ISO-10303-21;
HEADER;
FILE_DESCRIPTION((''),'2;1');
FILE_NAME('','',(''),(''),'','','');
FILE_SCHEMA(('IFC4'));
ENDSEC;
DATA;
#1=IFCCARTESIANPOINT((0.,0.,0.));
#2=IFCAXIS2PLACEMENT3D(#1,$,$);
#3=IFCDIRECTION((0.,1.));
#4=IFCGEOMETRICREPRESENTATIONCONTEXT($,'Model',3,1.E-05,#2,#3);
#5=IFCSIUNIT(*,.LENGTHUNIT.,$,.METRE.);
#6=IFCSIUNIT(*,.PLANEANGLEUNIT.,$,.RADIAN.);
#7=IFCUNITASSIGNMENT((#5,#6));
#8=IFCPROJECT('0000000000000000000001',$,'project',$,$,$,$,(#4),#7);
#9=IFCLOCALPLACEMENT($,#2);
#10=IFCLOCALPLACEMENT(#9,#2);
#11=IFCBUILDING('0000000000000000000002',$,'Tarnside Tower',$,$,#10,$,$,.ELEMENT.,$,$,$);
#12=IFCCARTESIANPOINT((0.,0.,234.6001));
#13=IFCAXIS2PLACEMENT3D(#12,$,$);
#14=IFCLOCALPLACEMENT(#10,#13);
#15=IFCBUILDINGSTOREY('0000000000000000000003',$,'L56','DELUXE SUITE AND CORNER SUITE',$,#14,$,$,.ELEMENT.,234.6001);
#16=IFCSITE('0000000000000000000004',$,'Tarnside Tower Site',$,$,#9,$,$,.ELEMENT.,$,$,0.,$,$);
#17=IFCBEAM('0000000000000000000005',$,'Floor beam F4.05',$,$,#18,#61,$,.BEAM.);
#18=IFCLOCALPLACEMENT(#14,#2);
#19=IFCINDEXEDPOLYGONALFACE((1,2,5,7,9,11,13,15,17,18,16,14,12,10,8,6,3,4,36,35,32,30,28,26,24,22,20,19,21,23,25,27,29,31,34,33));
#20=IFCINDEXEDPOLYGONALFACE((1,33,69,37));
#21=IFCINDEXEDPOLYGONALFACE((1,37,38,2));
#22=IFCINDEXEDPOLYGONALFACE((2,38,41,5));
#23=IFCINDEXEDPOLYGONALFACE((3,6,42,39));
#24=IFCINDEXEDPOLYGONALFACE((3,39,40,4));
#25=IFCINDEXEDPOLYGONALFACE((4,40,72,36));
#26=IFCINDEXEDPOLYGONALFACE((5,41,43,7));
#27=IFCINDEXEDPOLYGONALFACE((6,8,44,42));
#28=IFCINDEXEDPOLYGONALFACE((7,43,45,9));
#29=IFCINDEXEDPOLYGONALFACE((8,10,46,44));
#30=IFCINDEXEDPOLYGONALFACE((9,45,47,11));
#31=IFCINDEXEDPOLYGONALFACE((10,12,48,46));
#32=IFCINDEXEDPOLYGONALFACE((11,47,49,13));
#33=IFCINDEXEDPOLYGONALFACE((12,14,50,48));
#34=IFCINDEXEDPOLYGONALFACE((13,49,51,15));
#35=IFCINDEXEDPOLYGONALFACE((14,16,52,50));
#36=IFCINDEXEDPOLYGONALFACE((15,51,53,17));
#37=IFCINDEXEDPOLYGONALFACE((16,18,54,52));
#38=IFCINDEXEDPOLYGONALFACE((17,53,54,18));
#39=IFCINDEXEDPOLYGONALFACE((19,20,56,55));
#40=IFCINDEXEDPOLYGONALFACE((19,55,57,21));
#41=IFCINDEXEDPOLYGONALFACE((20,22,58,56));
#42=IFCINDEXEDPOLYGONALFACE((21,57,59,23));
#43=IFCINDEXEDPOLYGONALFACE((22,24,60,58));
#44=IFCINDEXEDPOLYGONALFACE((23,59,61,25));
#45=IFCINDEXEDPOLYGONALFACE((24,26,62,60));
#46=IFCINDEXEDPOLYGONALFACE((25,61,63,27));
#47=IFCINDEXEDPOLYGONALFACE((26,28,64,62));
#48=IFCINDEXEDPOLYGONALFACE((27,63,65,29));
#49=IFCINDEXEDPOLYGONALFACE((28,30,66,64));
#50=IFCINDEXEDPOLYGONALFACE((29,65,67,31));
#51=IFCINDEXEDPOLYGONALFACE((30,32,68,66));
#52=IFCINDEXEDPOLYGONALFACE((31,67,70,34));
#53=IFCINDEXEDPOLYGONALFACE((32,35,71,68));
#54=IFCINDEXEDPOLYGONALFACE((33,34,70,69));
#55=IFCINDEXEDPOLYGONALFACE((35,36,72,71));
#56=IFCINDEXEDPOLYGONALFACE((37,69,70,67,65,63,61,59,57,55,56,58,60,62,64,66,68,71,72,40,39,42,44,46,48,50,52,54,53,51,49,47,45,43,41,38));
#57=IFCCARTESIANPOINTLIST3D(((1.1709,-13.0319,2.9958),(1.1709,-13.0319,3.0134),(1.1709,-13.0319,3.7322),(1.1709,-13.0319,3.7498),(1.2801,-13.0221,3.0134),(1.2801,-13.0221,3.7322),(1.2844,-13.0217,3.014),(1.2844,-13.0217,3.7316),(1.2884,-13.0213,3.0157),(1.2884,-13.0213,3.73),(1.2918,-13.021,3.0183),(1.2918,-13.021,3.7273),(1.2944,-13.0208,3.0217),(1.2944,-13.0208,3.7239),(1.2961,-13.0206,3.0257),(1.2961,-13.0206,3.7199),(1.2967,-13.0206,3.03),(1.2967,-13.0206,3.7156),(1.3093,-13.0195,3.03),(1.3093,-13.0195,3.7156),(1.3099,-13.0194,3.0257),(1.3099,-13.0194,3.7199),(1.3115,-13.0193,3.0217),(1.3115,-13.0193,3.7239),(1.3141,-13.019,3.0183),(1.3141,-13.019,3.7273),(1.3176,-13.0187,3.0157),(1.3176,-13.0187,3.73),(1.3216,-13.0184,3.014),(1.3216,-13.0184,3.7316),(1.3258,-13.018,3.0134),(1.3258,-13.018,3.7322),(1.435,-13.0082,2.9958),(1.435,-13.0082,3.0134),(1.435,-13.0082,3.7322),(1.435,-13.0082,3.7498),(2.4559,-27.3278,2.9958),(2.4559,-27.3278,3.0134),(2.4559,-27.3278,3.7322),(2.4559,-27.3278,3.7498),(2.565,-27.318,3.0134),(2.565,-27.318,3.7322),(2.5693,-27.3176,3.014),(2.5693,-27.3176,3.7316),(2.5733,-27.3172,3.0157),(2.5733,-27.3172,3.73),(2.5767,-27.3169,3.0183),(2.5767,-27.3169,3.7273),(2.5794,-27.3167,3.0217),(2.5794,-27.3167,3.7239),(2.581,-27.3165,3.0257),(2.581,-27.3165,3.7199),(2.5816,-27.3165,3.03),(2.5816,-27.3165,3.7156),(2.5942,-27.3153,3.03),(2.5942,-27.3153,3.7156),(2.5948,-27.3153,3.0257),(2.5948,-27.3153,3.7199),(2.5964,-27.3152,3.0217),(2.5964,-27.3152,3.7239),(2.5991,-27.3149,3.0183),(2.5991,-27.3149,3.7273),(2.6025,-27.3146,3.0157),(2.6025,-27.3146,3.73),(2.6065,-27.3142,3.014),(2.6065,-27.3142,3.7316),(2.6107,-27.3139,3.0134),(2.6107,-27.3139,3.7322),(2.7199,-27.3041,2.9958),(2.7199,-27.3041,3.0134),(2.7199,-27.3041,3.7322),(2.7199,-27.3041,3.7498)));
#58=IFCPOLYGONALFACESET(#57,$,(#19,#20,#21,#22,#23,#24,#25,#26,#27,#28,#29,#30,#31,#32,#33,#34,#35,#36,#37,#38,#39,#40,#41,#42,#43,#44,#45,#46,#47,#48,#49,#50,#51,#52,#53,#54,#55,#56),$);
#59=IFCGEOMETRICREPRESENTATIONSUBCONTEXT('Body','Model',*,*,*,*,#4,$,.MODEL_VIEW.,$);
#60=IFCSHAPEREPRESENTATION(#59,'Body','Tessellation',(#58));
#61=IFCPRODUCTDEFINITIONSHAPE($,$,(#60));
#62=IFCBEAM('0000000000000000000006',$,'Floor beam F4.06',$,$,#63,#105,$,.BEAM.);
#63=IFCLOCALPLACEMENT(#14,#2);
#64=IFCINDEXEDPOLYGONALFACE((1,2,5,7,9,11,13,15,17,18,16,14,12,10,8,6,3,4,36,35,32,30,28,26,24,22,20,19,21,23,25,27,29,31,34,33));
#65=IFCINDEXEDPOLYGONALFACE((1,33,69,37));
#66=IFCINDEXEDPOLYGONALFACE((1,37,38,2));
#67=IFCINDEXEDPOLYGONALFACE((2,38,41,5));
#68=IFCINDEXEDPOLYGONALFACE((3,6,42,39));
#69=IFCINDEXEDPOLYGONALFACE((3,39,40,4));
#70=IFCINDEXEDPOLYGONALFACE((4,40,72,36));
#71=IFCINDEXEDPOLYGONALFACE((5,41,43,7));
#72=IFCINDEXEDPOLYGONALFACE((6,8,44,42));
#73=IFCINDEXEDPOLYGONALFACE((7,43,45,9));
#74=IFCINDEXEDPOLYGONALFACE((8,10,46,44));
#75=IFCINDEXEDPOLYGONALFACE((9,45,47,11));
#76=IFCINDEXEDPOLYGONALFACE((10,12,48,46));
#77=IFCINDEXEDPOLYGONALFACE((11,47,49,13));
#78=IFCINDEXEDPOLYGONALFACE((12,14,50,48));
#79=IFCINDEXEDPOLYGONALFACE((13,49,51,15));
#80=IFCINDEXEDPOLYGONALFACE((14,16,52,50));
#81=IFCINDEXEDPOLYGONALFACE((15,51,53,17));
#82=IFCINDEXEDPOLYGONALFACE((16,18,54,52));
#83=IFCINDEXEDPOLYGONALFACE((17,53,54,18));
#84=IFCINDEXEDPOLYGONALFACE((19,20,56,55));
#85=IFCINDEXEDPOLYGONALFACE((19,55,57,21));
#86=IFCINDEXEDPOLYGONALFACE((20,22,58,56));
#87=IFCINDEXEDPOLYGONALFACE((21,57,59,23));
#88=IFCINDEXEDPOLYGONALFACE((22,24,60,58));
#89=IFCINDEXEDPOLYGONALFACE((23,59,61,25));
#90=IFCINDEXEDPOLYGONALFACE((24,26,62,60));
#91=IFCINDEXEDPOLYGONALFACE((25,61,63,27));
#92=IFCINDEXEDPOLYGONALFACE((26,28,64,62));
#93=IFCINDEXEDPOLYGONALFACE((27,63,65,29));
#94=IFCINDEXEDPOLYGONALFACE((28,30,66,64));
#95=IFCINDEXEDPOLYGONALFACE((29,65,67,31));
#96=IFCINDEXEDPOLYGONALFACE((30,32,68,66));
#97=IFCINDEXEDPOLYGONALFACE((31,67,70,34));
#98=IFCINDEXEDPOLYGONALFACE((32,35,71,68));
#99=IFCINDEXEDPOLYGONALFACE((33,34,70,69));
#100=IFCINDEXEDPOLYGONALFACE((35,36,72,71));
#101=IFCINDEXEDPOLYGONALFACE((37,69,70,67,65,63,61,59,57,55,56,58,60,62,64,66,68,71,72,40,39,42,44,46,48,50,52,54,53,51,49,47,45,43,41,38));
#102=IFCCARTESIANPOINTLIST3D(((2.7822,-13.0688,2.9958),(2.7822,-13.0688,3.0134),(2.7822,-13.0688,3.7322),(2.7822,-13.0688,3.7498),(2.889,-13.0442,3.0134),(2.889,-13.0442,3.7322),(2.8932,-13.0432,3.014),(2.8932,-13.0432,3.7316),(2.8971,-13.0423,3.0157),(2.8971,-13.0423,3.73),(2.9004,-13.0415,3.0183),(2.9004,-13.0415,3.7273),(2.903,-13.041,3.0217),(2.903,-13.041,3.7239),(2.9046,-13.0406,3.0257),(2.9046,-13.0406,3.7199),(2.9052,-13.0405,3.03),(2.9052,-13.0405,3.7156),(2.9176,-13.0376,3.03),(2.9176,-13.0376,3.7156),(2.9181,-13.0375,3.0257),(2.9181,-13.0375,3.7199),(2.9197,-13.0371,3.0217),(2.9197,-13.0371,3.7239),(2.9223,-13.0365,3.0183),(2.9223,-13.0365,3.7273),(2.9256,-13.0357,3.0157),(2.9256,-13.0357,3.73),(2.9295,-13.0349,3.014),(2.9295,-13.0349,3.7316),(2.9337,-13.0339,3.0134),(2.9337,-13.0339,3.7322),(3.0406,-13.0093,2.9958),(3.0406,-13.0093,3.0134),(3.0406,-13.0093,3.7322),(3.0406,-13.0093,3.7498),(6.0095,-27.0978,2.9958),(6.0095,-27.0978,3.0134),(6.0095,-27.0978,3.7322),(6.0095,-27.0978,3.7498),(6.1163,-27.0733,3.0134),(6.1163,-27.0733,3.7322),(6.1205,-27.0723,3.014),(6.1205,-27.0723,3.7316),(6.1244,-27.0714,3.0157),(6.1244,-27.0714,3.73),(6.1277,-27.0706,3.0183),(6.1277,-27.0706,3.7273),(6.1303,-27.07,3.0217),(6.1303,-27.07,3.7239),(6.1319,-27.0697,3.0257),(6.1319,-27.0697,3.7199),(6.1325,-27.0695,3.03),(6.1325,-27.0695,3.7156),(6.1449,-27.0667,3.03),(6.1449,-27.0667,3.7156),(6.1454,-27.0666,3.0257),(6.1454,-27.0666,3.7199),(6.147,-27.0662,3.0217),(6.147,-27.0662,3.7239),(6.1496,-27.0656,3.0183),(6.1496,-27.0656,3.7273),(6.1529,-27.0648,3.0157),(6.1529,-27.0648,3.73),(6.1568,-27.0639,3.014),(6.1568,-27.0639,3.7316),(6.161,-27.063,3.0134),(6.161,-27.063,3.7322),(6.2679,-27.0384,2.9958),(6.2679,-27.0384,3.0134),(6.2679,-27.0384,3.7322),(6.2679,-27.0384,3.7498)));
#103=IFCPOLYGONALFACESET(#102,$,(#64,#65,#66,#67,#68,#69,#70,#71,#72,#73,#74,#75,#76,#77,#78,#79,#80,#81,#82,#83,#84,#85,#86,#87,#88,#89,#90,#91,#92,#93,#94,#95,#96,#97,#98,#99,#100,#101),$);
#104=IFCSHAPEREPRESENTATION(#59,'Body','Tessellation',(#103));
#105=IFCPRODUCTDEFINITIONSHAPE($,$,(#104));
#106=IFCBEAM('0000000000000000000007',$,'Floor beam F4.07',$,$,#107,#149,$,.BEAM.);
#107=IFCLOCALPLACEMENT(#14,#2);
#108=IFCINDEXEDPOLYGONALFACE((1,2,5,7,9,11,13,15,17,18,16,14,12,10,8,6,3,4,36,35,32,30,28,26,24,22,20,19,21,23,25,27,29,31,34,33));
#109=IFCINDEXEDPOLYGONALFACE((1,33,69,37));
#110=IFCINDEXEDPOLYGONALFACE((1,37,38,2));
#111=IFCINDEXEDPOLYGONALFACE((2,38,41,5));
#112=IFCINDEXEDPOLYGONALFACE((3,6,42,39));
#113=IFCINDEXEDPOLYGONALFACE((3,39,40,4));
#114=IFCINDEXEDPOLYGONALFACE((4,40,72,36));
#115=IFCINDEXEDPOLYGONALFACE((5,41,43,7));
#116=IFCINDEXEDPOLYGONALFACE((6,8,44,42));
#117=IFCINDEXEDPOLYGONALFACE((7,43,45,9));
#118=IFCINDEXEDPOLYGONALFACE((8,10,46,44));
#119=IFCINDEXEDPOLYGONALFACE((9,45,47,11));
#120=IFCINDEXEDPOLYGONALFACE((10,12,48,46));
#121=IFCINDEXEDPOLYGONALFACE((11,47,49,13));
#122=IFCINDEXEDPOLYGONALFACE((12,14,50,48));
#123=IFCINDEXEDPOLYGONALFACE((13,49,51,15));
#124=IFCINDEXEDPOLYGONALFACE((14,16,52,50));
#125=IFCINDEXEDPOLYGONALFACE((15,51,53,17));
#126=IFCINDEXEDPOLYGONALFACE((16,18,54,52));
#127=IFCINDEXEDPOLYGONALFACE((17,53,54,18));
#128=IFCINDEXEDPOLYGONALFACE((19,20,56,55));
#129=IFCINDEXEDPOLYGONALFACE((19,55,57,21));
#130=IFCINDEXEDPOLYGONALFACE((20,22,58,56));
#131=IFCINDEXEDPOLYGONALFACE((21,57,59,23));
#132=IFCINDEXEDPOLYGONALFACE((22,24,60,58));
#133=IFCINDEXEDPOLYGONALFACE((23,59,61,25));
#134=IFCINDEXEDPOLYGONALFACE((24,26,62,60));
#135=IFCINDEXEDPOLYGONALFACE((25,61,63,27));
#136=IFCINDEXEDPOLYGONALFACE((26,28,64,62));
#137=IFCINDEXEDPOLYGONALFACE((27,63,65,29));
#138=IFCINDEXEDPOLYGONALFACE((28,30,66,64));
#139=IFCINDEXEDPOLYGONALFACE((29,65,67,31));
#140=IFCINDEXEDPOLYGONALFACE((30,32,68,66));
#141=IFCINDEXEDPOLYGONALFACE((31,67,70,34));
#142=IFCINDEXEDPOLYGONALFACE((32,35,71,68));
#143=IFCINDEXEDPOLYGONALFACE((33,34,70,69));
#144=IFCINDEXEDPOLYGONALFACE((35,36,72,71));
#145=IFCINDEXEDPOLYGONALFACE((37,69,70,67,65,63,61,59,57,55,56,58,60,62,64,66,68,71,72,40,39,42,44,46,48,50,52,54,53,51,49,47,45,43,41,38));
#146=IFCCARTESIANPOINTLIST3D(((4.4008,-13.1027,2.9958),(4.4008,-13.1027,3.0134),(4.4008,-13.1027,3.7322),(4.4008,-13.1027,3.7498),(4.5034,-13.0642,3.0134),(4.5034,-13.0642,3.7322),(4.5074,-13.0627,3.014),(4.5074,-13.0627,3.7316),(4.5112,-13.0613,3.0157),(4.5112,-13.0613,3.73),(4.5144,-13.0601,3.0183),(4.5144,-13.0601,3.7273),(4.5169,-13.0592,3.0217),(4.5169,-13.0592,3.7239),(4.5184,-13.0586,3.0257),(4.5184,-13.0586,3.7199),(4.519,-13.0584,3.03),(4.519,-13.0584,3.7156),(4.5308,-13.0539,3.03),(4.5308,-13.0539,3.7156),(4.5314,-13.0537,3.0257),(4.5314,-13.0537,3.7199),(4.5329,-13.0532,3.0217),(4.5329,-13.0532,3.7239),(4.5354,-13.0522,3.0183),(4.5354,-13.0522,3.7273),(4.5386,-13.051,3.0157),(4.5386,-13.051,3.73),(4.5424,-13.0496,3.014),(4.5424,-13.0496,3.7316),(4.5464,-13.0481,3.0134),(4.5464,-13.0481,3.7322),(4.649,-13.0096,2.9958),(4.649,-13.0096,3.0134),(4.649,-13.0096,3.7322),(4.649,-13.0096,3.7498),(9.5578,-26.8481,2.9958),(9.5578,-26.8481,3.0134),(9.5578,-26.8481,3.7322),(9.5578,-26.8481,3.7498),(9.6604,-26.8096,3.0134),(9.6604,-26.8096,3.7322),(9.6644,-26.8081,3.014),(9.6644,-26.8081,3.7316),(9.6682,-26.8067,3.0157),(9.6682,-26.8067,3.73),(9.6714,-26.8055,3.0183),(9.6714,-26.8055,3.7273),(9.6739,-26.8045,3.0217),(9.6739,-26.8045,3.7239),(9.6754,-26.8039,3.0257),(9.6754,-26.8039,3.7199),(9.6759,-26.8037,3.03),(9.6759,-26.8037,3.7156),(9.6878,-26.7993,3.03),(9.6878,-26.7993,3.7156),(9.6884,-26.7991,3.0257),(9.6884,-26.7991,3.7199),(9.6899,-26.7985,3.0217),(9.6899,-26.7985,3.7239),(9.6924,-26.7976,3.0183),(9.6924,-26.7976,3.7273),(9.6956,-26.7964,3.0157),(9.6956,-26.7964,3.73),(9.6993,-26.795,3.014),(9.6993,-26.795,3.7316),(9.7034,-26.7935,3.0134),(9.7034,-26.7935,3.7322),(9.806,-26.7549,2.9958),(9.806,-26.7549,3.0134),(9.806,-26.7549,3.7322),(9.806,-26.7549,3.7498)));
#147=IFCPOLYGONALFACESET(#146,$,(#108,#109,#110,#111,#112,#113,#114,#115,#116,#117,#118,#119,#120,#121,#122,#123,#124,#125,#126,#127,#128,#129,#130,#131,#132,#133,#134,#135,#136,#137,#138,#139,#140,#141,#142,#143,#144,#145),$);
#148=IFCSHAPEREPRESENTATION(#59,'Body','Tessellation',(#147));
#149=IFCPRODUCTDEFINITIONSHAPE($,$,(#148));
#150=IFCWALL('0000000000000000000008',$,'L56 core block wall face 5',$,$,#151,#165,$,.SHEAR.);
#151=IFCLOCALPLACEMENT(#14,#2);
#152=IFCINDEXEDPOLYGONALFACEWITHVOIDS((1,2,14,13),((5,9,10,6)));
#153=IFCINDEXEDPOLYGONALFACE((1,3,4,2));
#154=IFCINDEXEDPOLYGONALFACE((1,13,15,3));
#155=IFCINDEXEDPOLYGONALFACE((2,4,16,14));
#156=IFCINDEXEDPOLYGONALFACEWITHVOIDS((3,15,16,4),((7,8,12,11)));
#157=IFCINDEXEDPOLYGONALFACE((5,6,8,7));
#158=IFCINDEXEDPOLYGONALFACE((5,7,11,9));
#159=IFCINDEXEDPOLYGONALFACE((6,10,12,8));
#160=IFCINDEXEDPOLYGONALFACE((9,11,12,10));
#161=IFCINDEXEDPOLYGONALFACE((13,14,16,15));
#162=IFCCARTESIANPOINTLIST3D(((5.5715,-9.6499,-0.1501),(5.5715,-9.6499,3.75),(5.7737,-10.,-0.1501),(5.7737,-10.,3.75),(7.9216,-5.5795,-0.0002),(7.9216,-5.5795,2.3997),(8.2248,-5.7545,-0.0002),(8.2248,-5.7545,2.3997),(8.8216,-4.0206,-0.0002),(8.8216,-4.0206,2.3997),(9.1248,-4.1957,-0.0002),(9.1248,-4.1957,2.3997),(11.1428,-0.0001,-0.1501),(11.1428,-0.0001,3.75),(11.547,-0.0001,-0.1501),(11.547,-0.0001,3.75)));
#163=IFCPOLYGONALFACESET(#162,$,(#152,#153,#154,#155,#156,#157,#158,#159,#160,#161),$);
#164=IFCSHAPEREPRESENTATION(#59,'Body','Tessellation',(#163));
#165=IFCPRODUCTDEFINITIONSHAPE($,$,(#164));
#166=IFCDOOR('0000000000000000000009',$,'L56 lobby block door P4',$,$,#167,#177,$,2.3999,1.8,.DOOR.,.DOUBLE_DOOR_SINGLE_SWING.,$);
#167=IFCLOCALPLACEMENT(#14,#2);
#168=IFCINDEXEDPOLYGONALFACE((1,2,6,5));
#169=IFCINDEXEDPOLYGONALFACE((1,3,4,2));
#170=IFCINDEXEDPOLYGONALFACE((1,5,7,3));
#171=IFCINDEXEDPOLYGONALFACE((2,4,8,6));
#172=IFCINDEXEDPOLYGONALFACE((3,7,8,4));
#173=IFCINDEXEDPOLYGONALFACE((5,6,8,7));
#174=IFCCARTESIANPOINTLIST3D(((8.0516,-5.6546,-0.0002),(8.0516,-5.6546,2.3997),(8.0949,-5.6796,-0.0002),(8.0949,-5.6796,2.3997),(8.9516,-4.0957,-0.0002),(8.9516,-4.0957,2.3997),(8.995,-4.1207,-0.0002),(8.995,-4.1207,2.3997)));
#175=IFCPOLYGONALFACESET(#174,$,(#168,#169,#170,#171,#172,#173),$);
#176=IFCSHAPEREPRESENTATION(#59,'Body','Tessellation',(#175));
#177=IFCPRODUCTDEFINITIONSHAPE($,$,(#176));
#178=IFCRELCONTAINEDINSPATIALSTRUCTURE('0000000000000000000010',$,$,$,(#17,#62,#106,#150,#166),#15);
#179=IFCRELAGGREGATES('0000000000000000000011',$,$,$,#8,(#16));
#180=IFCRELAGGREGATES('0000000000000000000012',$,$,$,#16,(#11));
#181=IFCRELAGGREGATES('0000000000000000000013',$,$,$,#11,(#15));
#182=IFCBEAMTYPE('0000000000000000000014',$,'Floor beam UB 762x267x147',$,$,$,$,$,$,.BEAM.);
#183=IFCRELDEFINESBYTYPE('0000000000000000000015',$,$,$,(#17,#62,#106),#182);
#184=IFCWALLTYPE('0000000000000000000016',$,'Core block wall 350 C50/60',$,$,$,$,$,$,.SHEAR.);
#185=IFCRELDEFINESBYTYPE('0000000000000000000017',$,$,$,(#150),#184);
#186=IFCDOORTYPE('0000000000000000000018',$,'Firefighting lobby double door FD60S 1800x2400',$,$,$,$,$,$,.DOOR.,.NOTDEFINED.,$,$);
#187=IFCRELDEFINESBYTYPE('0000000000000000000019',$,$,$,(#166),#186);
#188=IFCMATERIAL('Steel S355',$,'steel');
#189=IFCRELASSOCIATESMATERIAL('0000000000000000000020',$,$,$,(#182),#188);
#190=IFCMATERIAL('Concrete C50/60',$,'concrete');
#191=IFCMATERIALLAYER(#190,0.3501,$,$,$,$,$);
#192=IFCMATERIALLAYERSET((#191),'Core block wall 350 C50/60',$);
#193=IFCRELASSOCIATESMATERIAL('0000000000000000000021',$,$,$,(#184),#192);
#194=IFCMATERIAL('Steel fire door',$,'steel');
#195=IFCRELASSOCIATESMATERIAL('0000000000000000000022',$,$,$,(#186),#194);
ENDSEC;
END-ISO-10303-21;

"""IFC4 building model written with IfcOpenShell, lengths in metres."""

from ifc_helpers import new_model, si_unit, direction, frame, frame_2d, origin, origin_2d, place, context, subcontext, project, spatial, polyline, rectangle, i_section, outline, extrude, material, layer, layer_set, material_profile, profile_set, type_object, element, fill, save


model = new_model("IFC4")

# Units and contexts
model_context = context("Model", 3, precision=1e-05, world=origin(), true_north=direction((0.0, 1.0)))
body_context = subcontext(model_context, "Body", "Model", "MODEL_VIEW")
ifc_project = project(units=[si_unit("LENGTHUNIT", "METRE"), si_unit("PLANEANGLEUNIT", "RADIAN")], contexts=[model_context])

# Site, building, storey
site_placement = place(None, origin())
site = spatial("IfcSite", under=ifc_project, at=site_placement, Name="Tarnside Tower Site", CompositionType="ELEMENT", RefElevation=0.0)
building_placement = place(site_placement, origin())
building = spatial("IfcBuilding", under=site, at=building_placement, Name="Tarnside Tower", CompositionType="ELEMENT")
storey_placement = place(building_placement, frame((0.0, 0.0, 234.6001)))
storey = spatial("IfcBuildingStorey", under=building, at=storey_placement, Name="L56", Description="DELUXE SUITE AND CORNER SUITE", CompositionType="ELEMENT", Elevation=234.6001)

# Beams
ifc_material_1 = material(Name="Steel S355", Category="steel")
ifc_material_profile = material_profile(ifc_material_1, i_section(OverallWidth=0.2651, OverallDepth=0.7539, WebThickness=0.0127, FlangeThickness=0.0176, FilletRadius=0.0166, at=origin_2d()), Name="UB 762x267x147")
ifc_profile_set = profile_set([ifc_material_profile], Name="Steel S355")
beam_type = type_object("IfcBeamType", Name="Floor beam UB 762x267x147", PredefinedType="BEAM", material=ifc_profile_set)
beam_1_placement = place(storey_placement, frame((2.5879, -27.3159, 3.3728), z_axis=(-0.089519, 0.995985, 0.0), x_axis=(-0.995985, -0.089519, 0.0)))
element("IfcBeam", 1, at=beam_1_placement, inside=storey, type_object=beam_type, Name="Floor beam F4.05", PredefinedType="BEAM", context=body_context, shape_type="SweptSolid", body=[
    extrude(i_section(OverallWidth=0.2651, OverallDepth=0.7539, WebThickness=0.0127, FlangeThickness=0.0176, FilletRadius=0.0166, at=origin_2d()), origin(), (0.0, 0.0, 1.0), 14.3535),
])
beam_2_placement = place(storey_placement, frame((6.1387, -27.0681, 3.3728), z_axis=(-0.224188, 0.974546, 0.0), x_axis=(-0.974546, -0.224188, 0.0)))
element("IfcBeam", 2, at=beam_2_placement, inside=storey, type_object=beam_type, Name="Floor beam F4.06", PredefinedType="BEAM", context=body_context, shape_type="SweptSolid", body=[
    extrude(i_section(OverallWidth=0.2651, OverallDepth=0.7539, WebThickness=0.0127, FlangeThickness=0.0176, FilletRadius=0.0166, at=origin_2d()), origin(), (0.0, 0.0, 1.0), 14.3955),
])
beam_3_placement = place(storey_placement, frame((9.6819, -26.8015, 3.3728), z_axis=(-0.351271, 0.936274, 0.0), x_axis=(-0.936274, -0.351271, 0.0)))
element("IfcBeam", 3, at=beam_3_placement, inside=storey, type_object=beam_type, Name="Floor beam F4.07", PredefinedType="BEAM", context=body_context, shape_type="SweptSolid", body=[
    extrude(i_section(OverallWidth=0.2651, OverallDepth=0.7539, WebThickness=0.0127, FlangeThickness=0.0176, FilletRadius=0.0166, at=origin_2d()), origin(), (0.0, 0.0, 1.0), 14.6809),
])

# Wall, opening, door
ifc_material_2 = material(Name="Concrete C50/60", Category="concrete")
ifc_layer_1 = layer(ifc_material_2, 0.3501)
ifc_layer_set_1 = layer_set([ifc_layer_1], Name="Core block wall 350 C50/60")
wall_type_1 = type_object("IfcWallType", Name="Core block wall 350 C50/60", PredefinedType="SHEAR", material=ifc_layer_set_1)
wall_1_placement = place(storey_placement, frame((5.6726, -9.825, -0.1501), z_axis=(0.0, 0.0, 1.0), x_axis=(0.499995, 0.866028, 0.0)))
wall_1 = element("IfcWall", 4, at=wall_1_placement, inside=storey, type_object=wall_type_1, Name="L56 core block wall face 5", PredefinedType="SHEAR", context=body_context, shape_type="SweptSolid", body=[
    extrude(outline(polyline([(-0.1011, -0.175), (11.4458, -0.175), (11.2437, 0.175), (0.1011, 0.175), (-0.1011, -0.175)])), origin(), (0.0, 0.0, 1.0), 3.9001),
])
opening_1_placement = place(wall_1_placement, frame((4.8013, 0.0, 0.1499)))
opening_1 = element("IfcOpeningElement", 5, at=opening_1_placement, cuts=wall_1, PredefinedType="OPENING", context=body_context, shape_type="SweptSolid", body=[
    extrude(rectangle(XDim=1.8, YDim=2.3999, at=frame_2d((0.8999, 1.2))), frame((0.0, 0.1851, 0.0), z_axis=(0.0, -1.0, 0.0), x_axis=(1.0, 0.0, 0.0)), (0.0, 0.0, 1.0), 0.3701),
])
ifc_material_3 = material(Name="Steel fire door", Category="steel")
door_type_1 = type_object("IfcDoorType", Name="Firefighting lobby double door FD60S 1800x2400", OperationType="NOTDEFINED", PredefinedType="DOOR", material=ifc_material_3)
door_1_placement = place(opening_1_placement, origin())
door_1 = element("IfcDoor", 6, at=door_1_placement, inside=storey, type_object=door_type_1, Name="L56 lobby block door P4", OperationType="DOUBLE_DOOR_SINGLE_SWING", OverallHeight=2.3999, OverallWidth=1.8, PredefinedType="DOOR", context=body_context, shape_type="SweptSolid", body=[
    extrude(rectangle(XDim=1.8, YDim=2.3999, at=frame_2d((0.8999, 1.2))), frame((0.0, 0.0249, 0.0), z_axis=(0.0, -1.0, 0.0), x_axis=(1.0, 0.0, 0.0)), (0.0, 0.0, 1.0), 0.05),
])
fill(opening_1, door_1)

save(model, "model.ifc")
